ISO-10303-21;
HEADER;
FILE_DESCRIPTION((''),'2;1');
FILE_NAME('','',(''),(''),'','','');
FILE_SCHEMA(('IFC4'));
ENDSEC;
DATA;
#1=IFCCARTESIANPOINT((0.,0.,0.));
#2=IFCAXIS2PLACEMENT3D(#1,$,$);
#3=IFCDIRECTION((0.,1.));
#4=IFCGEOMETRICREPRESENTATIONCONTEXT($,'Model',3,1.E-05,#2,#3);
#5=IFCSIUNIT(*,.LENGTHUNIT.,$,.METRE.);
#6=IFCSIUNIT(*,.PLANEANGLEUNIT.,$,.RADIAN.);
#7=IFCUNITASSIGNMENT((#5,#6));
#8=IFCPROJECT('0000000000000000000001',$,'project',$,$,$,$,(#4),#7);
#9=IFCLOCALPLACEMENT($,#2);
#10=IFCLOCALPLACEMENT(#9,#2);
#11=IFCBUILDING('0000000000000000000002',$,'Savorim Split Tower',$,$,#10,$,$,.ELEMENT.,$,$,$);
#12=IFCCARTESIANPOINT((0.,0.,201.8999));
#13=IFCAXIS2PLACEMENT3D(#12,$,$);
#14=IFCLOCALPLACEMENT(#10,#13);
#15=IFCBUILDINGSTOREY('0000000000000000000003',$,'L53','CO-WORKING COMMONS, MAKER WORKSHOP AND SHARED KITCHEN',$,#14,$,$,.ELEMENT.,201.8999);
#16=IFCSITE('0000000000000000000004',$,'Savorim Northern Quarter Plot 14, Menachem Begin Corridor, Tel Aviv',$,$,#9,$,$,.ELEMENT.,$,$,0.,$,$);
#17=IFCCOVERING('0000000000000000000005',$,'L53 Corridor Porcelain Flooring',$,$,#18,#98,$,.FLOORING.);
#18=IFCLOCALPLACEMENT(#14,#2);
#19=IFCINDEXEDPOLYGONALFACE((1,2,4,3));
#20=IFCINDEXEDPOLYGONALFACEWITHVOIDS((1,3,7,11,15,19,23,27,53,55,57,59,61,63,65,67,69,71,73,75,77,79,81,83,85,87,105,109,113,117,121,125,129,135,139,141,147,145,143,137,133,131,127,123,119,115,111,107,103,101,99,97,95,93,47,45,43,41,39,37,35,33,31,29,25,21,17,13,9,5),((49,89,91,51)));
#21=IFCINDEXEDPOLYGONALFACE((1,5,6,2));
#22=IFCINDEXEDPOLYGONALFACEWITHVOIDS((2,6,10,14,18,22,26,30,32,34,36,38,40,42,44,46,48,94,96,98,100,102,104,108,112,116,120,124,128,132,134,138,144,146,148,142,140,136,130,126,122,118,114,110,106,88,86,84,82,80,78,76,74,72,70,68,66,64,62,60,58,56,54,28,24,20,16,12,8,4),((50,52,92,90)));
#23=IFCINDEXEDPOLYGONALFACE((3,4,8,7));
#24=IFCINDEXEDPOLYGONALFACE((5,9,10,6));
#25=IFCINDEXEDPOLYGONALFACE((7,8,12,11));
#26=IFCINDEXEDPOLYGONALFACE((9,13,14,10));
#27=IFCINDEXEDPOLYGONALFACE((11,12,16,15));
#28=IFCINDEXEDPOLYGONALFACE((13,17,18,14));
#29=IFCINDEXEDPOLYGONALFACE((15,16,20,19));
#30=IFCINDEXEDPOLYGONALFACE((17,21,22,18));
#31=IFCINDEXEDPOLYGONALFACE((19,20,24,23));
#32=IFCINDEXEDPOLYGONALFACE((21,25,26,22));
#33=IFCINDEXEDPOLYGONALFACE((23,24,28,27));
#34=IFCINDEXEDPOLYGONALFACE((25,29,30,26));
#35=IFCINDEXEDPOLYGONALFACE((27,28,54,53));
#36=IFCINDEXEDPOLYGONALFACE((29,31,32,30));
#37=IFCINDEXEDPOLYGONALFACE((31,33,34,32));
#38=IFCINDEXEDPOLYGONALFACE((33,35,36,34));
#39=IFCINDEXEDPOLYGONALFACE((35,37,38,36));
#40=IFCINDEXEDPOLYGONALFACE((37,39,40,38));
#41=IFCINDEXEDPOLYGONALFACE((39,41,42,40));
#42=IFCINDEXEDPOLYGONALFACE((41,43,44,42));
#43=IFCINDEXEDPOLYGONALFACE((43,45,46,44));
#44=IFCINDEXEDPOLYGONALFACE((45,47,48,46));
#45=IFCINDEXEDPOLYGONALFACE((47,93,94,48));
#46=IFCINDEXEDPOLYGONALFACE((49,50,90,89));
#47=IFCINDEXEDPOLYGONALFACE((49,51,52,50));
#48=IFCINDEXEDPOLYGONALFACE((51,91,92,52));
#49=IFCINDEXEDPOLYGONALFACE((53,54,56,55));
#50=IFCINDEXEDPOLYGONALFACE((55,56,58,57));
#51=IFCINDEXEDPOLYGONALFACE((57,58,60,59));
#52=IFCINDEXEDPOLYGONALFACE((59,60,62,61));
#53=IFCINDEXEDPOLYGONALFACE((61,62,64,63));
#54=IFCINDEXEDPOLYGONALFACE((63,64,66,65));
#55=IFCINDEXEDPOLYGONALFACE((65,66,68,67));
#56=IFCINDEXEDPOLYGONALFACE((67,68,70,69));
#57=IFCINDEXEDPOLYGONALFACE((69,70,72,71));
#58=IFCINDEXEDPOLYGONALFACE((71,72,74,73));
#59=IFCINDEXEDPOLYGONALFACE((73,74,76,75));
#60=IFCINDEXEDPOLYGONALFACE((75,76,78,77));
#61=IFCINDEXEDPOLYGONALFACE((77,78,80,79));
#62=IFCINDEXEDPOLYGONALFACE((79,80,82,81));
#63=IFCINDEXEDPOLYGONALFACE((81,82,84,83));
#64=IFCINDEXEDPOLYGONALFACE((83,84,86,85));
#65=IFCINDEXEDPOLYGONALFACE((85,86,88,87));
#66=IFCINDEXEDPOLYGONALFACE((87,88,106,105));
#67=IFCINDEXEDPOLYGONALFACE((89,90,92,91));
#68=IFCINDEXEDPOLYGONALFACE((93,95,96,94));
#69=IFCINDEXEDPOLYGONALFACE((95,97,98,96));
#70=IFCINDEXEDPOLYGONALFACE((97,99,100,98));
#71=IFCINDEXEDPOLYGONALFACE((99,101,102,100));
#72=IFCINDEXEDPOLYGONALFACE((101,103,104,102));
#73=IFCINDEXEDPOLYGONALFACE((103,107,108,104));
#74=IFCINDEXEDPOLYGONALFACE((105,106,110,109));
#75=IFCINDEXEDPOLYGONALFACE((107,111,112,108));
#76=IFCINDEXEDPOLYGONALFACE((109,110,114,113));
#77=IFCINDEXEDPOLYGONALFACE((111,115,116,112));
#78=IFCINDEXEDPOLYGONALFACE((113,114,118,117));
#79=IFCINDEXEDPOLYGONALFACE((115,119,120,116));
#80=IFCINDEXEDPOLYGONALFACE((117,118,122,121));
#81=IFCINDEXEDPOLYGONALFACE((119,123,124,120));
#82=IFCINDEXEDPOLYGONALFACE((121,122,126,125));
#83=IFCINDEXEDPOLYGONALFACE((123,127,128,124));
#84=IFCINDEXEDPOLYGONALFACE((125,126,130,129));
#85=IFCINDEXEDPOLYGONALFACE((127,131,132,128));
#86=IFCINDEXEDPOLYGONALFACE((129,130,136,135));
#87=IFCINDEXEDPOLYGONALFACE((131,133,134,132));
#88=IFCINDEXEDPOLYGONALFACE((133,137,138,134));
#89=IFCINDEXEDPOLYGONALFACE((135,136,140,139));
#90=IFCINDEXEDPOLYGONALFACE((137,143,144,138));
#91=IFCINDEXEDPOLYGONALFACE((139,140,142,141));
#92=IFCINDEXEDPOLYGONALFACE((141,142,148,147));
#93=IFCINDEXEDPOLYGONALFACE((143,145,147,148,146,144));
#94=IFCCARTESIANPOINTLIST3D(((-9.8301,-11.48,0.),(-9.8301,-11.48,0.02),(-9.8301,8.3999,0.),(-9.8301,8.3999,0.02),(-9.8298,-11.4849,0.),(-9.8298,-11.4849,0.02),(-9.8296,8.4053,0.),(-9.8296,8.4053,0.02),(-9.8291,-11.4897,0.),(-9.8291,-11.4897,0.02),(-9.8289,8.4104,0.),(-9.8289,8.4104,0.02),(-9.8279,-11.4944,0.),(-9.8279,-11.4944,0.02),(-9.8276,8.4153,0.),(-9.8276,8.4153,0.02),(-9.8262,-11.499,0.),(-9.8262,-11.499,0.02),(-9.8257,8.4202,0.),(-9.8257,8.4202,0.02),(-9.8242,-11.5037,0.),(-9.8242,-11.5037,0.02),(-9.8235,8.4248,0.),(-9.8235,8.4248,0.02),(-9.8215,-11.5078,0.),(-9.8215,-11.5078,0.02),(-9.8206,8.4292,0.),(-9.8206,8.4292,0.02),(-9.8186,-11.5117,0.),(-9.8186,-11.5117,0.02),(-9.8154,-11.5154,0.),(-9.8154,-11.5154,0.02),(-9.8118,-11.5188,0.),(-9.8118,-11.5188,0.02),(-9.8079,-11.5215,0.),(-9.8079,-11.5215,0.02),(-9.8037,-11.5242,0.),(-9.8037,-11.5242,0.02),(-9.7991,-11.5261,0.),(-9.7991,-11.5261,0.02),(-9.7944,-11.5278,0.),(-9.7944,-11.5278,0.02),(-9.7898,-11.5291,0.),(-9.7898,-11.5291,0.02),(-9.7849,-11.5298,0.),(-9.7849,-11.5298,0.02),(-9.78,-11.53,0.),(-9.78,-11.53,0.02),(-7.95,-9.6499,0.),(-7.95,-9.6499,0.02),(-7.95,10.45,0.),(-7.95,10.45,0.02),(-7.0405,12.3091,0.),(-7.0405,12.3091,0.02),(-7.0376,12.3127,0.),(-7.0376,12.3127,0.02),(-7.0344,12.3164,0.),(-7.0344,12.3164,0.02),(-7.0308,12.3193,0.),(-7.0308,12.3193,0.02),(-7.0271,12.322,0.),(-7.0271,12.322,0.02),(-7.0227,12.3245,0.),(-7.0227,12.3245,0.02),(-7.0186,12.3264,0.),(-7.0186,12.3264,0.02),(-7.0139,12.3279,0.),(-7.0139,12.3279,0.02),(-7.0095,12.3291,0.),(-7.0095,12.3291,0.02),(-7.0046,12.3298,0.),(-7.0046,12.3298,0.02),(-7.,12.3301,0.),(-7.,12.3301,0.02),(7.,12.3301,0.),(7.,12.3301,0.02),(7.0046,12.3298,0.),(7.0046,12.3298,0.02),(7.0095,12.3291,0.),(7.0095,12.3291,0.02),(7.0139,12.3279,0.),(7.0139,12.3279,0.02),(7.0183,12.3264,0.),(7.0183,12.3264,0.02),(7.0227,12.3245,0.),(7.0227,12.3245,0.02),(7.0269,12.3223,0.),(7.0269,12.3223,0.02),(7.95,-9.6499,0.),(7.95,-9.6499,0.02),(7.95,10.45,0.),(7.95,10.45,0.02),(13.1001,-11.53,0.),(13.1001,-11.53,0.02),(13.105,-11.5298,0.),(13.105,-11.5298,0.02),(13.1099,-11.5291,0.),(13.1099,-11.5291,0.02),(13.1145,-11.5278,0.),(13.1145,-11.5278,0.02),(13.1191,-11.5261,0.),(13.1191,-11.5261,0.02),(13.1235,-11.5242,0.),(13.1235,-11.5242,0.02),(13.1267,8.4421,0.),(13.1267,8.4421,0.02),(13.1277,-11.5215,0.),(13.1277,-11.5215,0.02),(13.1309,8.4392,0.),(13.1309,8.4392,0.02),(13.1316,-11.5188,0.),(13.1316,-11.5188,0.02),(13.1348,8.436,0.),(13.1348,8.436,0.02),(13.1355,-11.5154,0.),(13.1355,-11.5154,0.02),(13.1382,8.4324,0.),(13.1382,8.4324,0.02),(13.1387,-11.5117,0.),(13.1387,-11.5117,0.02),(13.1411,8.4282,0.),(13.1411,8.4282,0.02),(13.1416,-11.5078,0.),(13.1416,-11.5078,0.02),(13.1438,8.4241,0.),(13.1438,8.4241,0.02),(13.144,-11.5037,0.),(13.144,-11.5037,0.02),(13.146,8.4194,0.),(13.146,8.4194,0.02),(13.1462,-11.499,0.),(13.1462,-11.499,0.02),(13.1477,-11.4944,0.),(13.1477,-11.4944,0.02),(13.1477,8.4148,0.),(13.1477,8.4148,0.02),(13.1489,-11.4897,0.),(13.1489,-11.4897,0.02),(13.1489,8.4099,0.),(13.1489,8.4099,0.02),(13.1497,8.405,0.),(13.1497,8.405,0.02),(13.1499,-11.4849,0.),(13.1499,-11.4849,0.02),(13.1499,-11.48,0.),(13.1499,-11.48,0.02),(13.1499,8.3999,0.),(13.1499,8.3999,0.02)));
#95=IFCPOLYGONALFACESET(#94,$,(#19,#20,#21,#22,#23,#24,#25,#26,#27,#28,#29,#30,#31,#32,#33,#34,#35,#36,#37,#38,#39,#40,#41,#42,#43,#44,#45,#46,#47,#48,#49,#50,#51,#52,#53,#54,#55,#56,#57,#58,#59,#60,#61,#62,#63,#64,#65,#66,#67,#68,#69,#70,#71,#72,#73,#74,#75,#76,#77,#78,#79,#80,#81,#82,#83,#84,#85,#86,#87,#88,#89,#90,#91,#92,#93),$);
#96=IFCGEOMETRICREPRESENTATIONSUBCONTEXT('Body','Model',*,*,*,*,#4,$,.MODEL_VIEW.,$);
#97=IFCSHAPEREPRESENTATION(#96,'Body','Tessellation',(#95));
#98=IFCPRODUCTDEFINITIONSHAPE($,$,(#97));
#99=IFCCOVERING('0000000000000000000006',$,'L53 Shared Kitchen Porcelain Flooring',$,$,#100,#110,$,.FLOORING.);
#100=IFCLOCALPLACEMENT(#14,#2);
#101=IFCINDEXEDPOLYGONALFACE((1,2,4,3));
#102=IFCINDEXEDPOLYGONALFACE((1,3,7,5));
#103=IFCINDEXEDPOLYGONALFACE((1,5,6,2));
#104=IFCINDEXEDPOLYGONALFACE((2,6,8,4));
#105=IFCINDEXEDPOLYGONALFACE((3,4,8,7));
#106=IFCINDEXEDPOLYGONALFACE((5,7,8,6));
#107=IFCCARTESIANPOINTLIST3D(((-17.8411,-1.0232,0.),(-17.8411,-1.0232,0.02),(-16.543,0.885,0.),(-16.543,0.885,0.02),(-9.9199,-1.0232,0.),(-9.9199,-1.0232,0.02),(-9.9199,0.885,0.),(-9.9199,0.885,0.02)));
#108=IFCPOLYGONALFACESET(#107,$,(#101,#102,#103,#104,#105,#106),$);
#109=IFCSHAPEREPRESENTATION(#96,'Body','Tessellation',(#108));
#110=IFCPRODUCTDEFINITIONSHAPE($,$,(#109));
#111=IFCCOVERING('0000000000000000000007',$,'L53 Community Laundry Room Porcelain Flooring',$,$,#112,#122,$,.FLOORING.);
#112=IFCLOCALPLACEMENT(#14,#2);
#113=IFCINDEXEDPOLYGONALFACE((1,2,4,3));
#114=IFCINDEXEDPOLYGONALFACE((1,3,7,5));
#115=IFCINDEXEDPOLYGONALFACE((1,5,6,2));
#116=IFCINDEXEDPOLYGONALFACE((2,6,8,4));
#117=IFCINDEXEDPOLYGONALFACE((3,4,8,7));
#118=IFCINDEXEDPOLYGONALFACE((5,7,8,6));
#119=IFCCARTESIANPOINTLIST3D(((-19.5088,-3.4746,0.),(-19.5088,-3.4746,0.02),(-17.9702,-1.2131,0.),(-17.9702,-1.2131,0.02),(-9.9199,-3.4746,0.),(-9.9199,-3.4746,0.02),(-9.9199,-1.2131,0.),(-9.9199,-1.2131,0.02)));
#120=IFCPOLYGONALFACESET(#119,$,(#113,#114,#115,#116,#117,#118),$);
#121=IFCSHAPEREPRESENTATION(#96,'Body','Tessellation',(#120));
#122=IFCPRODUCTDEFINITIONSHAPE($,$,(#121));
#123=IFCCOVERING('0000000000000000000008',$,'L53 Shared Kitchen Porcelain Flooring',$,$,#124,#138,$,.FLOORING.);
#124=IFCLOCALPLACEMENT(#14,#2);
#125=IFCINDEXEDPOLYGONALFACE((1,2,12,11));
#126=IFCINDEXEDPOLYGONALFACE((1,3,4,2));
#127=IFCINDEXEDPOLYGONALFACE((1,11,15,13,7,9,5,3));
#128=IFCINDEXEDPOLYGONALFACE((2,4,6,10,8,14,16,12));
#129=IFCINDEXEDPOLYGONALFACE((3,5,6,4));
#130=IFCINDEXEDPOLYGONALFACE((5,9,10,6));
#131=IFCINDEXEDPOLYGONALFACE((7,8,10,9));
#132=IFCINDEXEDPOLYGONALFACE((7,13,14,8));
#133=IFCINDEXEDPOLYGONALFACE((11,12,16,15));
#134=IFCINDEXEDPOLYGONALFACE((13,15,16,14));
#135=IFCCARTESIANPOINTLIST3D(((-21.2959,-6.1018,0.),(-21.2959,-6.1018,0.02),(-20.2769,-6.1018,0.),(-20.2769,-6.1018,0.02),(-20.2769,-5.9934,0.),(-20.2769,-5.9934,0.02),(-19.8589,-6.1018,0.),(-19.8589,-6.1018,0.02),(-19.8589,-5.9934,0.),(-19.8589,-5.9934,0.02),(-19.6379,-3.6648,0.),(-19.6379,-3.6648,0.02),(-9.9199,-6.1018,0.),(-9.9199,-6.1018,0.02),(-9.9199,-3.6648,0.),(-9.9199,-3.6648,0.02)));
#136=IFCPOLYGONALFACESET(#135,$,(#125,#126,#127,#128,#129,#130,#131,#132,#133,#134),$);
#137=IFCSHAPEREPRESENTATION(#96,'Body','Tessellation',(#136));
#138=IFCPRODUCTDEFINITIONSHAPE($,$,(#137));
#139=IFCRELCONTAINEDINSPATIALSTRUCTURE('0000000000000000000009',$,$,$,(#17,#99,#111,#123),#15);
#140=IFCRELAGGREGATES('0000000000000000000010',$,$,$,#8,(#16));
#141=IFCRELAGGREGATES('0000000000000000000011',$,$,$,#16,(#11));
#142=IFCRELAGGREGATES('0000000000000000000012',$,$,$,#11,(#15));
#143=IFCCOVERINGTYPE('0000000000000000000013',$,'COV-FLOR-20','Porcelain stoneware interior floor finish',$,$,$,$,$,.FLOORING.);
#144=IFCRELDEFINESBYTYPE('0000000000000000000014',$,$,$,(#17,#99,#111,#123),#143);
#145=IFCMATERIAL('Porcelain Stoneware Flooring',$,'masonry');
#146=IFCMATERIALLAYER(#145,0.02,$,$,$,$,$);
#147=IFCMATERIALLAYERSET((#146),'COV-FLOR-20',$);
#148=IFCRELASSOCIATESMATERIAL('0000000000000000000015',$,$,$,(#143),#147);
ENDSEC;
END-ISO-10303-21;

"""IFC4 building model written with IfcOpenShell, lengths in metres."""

from ifc_helpers import new_model, si_unit, direction, frame, origin, place, context, subcontext, project, spatial, polyline, outline, extrude, material, layer, layer_set, type_object, element, save


model = new_model("IFC4")

# Units and contexts
model_context = context("Model", 3, precision=1e-05, world=origin(), true_north=direction((0.0, 1.0)))
body_context = subcontext(model_context, "Body", "Model", "MODEL_VIEW")
ifc_project = project(units=[si_unit("LENGTHUNIT", "METRE"), si_unit("PLANEANGLEUNIT", "RADIAN")], contexts=[model_context])

# Site, building, storey
site_placement = place(None, origin())
site = spatial("IfcSite", under=ifc_project, at=site_placement, Name="Savorim Northern Quarter Plot 14, Menachem Begin Corridor, Tel Aviv", CompositionType="ELEMENT", RefElevation=0.0)
building_placement = place(site_placement, origin())
building = spatial("IfcBuilding", under=site, at=building_placement, Name="Savorim Split Tower", CompositionType="ELEMENT")
storey_placement = place(building_placement, frame((0.0, 0.0, 201.8999)))
storey = spatial("IfcBuildingStorey", under=building, at=storey_placement, Name="L53", Description="CO-WORKING COMMONS, MAKER WORKSHOP AND SHARED KITCHEN", CompositionType="ELEMENT", Elevation=201.8999)

# Coverings
ifc_material_1 = material(Name="Porcelain Stoneware Flooring", Category="masonry")
ifc_layer_1 = layer(ifc_material_1, 0.02)
ifc_layer_set_1 = layer_set([ifc_layer_1], Name="COV-FLOR-20")
covering_type_1 = type_object("IfcCoveringType", Name="COV-FLOR-20", Description="Porcelain stoneware interior floor finish", PredefinedType="FLOORING", material=ifc_layer_set_1)
covering_1_placement = place(storey_placement, origin())
element("IfcCovering", 1, at=covering_1_placement, inside=storey, type_object=covering_type_1, Name="L53 Corridor Porcelain Flooring", PredefinedType="FLOORING", context=body_context, shape_type="SweptSolid", body=[
    extrude(outline(polyline([(7.0095, 12.3291), (7.0046, 12.3298), (7.0, 12.3301), (-7.0, 12.3301), (-7.0046, 12.3298), (-7.0095, 12.3291), (-7.0139, 12.3279), (-7.0186, 12.3264), (-7.0227, 12.3245), (-7.0271, 12.322), (-7.0308, 12.3193), (-7.0344, 12.3164), (-7.0376, 12.3127), (-7.0405, 12.3091), (-9.8206, 8.4292), (-9.8235, 8.4248), (-9.8257, 8.4202), (-9.8276, 8.4153), (-9.8289, 8.4104), (-9.8296, 8.4053), (-9.8301, 8.3999), (-9.8301, -11.48), (-9.8298, -11.4849), (-9.8291, -11.4897), (-9.8279, -11.4944), (-9.8262, -11.499), (-9.8242, -11.5037), (-9.8215, -11.5078), (-9.8186, -11.5117), (-9.8154, -11.5154), (-9.8118, -11.5188), (-9.8079, -11.5215), (-9.8037, -11.5242), (-9.7991, -11.5261), (-9.7944, -11.5278), (-9.7898, -11.5291), (-9.7849, -11.5298), (-9.78, -11.53), (13.1001, -11.53), (13.105, -11.5298), (13.1099, -11.5291), (13.1145, -11.5278), (13.1191, -11.5261), (13.1235, -11.5242), (13.1277, -11.5215), (13.1316, -11.5188), (13.1355, -11.5154), (13.1387, -11.5117), (13.1416, -11.5078), (13.144, -11.5037), (13.1462, -11.499), (13.1477, -11.4944), (13.1489, -11.4897), (13.1499, -11.4849), (13.1499, -11.48), (13.1499, 8.3999), (13.1497, 8.405), (13.1489, 8.4099), (13.1477, 8.4148), (13.146, 8.4194), (13.1438, 8.4241), (13.1411, 8.4282), (13.1382, 8.4324), (13.1348, 8.436), (13.1309, 8.4392), (13.1267, 8.4421), (7.0269, 12.3223), (7.0227, 12.3245), (7.0183, 12.3264), (7.0139, 12.3279), (7.0095, 12.3291)]), holes=[polyline([(-7.95, 10.45), (-7.95, -9.6499), (7.95, -9.6499), (7.95, 10.45), (-7.95, 10.45)])]), origin(), (0.0, 0.0, 1.0), 0.02),
])
covering_2_placement = place(storey_placement, origin())
element("IfcCovering", 2, at=covering_2_placement, inside=storey, type_object=covering_type_1, Name="L53 Shared Kitchen Porcelain Flooring", PredefinedType="FLOORING", context=body_context, shape_type="SweptSolid", body=[
    extrude(outline(polyline([(-16.543, 0.885), (-17.8411, -1.0232), (-9.9199, -1.0232), (-9.9199, 0.885), (-16.543, 0.885)])), origin(), (0.0, 0.0, 1.0), 0.02),
])
covering_3_placement = place(storey_placement, origin())
element("IfcCovering", 3, at=covering_3_placement, inside=storey, type_object=covering_type_1, Name="L53 Community Laundry Room Porcelain Flooring", PredefinedType="FLOORING", context=body_context, shape_type="SweptSolid", body=[
    extrude(outline(polyline([(-17.9702, -1.2131), (-19.5088, -3.4746), (-9.9199, -3.4746), (-9.9199, -1.2131), (-17.9702, -1.2131)])), origin(), (0.0, 0.0, 1.0), 0.02),
])
covering_4_placement = place(storey_placement, origin())
element("IfcCovering", 4, at=covering_4_placement, inside=storey, type_object=covering_type_1, Name="L53 Shared Kitchen Porcelain Flooring", PredefinedType="FLOORING", context=body_context, shape_type="SweptSolid", body=[
    extrude(outline(polyline([(-19.8589, -5.9934), (-19.8589, -6.1018), (-9.9199, -6.1018), (-9.9199, -3.6648), (-19.6379, -3.6648), (-21.2959, -6.1018), (-20.2769, -6.1018), (-20.2769, -5.9934), (-19.8589, -5.9934)])), origin(), (0.0, 0.0, 1.0), 0.02),
])

save(model, "model.ifc")
